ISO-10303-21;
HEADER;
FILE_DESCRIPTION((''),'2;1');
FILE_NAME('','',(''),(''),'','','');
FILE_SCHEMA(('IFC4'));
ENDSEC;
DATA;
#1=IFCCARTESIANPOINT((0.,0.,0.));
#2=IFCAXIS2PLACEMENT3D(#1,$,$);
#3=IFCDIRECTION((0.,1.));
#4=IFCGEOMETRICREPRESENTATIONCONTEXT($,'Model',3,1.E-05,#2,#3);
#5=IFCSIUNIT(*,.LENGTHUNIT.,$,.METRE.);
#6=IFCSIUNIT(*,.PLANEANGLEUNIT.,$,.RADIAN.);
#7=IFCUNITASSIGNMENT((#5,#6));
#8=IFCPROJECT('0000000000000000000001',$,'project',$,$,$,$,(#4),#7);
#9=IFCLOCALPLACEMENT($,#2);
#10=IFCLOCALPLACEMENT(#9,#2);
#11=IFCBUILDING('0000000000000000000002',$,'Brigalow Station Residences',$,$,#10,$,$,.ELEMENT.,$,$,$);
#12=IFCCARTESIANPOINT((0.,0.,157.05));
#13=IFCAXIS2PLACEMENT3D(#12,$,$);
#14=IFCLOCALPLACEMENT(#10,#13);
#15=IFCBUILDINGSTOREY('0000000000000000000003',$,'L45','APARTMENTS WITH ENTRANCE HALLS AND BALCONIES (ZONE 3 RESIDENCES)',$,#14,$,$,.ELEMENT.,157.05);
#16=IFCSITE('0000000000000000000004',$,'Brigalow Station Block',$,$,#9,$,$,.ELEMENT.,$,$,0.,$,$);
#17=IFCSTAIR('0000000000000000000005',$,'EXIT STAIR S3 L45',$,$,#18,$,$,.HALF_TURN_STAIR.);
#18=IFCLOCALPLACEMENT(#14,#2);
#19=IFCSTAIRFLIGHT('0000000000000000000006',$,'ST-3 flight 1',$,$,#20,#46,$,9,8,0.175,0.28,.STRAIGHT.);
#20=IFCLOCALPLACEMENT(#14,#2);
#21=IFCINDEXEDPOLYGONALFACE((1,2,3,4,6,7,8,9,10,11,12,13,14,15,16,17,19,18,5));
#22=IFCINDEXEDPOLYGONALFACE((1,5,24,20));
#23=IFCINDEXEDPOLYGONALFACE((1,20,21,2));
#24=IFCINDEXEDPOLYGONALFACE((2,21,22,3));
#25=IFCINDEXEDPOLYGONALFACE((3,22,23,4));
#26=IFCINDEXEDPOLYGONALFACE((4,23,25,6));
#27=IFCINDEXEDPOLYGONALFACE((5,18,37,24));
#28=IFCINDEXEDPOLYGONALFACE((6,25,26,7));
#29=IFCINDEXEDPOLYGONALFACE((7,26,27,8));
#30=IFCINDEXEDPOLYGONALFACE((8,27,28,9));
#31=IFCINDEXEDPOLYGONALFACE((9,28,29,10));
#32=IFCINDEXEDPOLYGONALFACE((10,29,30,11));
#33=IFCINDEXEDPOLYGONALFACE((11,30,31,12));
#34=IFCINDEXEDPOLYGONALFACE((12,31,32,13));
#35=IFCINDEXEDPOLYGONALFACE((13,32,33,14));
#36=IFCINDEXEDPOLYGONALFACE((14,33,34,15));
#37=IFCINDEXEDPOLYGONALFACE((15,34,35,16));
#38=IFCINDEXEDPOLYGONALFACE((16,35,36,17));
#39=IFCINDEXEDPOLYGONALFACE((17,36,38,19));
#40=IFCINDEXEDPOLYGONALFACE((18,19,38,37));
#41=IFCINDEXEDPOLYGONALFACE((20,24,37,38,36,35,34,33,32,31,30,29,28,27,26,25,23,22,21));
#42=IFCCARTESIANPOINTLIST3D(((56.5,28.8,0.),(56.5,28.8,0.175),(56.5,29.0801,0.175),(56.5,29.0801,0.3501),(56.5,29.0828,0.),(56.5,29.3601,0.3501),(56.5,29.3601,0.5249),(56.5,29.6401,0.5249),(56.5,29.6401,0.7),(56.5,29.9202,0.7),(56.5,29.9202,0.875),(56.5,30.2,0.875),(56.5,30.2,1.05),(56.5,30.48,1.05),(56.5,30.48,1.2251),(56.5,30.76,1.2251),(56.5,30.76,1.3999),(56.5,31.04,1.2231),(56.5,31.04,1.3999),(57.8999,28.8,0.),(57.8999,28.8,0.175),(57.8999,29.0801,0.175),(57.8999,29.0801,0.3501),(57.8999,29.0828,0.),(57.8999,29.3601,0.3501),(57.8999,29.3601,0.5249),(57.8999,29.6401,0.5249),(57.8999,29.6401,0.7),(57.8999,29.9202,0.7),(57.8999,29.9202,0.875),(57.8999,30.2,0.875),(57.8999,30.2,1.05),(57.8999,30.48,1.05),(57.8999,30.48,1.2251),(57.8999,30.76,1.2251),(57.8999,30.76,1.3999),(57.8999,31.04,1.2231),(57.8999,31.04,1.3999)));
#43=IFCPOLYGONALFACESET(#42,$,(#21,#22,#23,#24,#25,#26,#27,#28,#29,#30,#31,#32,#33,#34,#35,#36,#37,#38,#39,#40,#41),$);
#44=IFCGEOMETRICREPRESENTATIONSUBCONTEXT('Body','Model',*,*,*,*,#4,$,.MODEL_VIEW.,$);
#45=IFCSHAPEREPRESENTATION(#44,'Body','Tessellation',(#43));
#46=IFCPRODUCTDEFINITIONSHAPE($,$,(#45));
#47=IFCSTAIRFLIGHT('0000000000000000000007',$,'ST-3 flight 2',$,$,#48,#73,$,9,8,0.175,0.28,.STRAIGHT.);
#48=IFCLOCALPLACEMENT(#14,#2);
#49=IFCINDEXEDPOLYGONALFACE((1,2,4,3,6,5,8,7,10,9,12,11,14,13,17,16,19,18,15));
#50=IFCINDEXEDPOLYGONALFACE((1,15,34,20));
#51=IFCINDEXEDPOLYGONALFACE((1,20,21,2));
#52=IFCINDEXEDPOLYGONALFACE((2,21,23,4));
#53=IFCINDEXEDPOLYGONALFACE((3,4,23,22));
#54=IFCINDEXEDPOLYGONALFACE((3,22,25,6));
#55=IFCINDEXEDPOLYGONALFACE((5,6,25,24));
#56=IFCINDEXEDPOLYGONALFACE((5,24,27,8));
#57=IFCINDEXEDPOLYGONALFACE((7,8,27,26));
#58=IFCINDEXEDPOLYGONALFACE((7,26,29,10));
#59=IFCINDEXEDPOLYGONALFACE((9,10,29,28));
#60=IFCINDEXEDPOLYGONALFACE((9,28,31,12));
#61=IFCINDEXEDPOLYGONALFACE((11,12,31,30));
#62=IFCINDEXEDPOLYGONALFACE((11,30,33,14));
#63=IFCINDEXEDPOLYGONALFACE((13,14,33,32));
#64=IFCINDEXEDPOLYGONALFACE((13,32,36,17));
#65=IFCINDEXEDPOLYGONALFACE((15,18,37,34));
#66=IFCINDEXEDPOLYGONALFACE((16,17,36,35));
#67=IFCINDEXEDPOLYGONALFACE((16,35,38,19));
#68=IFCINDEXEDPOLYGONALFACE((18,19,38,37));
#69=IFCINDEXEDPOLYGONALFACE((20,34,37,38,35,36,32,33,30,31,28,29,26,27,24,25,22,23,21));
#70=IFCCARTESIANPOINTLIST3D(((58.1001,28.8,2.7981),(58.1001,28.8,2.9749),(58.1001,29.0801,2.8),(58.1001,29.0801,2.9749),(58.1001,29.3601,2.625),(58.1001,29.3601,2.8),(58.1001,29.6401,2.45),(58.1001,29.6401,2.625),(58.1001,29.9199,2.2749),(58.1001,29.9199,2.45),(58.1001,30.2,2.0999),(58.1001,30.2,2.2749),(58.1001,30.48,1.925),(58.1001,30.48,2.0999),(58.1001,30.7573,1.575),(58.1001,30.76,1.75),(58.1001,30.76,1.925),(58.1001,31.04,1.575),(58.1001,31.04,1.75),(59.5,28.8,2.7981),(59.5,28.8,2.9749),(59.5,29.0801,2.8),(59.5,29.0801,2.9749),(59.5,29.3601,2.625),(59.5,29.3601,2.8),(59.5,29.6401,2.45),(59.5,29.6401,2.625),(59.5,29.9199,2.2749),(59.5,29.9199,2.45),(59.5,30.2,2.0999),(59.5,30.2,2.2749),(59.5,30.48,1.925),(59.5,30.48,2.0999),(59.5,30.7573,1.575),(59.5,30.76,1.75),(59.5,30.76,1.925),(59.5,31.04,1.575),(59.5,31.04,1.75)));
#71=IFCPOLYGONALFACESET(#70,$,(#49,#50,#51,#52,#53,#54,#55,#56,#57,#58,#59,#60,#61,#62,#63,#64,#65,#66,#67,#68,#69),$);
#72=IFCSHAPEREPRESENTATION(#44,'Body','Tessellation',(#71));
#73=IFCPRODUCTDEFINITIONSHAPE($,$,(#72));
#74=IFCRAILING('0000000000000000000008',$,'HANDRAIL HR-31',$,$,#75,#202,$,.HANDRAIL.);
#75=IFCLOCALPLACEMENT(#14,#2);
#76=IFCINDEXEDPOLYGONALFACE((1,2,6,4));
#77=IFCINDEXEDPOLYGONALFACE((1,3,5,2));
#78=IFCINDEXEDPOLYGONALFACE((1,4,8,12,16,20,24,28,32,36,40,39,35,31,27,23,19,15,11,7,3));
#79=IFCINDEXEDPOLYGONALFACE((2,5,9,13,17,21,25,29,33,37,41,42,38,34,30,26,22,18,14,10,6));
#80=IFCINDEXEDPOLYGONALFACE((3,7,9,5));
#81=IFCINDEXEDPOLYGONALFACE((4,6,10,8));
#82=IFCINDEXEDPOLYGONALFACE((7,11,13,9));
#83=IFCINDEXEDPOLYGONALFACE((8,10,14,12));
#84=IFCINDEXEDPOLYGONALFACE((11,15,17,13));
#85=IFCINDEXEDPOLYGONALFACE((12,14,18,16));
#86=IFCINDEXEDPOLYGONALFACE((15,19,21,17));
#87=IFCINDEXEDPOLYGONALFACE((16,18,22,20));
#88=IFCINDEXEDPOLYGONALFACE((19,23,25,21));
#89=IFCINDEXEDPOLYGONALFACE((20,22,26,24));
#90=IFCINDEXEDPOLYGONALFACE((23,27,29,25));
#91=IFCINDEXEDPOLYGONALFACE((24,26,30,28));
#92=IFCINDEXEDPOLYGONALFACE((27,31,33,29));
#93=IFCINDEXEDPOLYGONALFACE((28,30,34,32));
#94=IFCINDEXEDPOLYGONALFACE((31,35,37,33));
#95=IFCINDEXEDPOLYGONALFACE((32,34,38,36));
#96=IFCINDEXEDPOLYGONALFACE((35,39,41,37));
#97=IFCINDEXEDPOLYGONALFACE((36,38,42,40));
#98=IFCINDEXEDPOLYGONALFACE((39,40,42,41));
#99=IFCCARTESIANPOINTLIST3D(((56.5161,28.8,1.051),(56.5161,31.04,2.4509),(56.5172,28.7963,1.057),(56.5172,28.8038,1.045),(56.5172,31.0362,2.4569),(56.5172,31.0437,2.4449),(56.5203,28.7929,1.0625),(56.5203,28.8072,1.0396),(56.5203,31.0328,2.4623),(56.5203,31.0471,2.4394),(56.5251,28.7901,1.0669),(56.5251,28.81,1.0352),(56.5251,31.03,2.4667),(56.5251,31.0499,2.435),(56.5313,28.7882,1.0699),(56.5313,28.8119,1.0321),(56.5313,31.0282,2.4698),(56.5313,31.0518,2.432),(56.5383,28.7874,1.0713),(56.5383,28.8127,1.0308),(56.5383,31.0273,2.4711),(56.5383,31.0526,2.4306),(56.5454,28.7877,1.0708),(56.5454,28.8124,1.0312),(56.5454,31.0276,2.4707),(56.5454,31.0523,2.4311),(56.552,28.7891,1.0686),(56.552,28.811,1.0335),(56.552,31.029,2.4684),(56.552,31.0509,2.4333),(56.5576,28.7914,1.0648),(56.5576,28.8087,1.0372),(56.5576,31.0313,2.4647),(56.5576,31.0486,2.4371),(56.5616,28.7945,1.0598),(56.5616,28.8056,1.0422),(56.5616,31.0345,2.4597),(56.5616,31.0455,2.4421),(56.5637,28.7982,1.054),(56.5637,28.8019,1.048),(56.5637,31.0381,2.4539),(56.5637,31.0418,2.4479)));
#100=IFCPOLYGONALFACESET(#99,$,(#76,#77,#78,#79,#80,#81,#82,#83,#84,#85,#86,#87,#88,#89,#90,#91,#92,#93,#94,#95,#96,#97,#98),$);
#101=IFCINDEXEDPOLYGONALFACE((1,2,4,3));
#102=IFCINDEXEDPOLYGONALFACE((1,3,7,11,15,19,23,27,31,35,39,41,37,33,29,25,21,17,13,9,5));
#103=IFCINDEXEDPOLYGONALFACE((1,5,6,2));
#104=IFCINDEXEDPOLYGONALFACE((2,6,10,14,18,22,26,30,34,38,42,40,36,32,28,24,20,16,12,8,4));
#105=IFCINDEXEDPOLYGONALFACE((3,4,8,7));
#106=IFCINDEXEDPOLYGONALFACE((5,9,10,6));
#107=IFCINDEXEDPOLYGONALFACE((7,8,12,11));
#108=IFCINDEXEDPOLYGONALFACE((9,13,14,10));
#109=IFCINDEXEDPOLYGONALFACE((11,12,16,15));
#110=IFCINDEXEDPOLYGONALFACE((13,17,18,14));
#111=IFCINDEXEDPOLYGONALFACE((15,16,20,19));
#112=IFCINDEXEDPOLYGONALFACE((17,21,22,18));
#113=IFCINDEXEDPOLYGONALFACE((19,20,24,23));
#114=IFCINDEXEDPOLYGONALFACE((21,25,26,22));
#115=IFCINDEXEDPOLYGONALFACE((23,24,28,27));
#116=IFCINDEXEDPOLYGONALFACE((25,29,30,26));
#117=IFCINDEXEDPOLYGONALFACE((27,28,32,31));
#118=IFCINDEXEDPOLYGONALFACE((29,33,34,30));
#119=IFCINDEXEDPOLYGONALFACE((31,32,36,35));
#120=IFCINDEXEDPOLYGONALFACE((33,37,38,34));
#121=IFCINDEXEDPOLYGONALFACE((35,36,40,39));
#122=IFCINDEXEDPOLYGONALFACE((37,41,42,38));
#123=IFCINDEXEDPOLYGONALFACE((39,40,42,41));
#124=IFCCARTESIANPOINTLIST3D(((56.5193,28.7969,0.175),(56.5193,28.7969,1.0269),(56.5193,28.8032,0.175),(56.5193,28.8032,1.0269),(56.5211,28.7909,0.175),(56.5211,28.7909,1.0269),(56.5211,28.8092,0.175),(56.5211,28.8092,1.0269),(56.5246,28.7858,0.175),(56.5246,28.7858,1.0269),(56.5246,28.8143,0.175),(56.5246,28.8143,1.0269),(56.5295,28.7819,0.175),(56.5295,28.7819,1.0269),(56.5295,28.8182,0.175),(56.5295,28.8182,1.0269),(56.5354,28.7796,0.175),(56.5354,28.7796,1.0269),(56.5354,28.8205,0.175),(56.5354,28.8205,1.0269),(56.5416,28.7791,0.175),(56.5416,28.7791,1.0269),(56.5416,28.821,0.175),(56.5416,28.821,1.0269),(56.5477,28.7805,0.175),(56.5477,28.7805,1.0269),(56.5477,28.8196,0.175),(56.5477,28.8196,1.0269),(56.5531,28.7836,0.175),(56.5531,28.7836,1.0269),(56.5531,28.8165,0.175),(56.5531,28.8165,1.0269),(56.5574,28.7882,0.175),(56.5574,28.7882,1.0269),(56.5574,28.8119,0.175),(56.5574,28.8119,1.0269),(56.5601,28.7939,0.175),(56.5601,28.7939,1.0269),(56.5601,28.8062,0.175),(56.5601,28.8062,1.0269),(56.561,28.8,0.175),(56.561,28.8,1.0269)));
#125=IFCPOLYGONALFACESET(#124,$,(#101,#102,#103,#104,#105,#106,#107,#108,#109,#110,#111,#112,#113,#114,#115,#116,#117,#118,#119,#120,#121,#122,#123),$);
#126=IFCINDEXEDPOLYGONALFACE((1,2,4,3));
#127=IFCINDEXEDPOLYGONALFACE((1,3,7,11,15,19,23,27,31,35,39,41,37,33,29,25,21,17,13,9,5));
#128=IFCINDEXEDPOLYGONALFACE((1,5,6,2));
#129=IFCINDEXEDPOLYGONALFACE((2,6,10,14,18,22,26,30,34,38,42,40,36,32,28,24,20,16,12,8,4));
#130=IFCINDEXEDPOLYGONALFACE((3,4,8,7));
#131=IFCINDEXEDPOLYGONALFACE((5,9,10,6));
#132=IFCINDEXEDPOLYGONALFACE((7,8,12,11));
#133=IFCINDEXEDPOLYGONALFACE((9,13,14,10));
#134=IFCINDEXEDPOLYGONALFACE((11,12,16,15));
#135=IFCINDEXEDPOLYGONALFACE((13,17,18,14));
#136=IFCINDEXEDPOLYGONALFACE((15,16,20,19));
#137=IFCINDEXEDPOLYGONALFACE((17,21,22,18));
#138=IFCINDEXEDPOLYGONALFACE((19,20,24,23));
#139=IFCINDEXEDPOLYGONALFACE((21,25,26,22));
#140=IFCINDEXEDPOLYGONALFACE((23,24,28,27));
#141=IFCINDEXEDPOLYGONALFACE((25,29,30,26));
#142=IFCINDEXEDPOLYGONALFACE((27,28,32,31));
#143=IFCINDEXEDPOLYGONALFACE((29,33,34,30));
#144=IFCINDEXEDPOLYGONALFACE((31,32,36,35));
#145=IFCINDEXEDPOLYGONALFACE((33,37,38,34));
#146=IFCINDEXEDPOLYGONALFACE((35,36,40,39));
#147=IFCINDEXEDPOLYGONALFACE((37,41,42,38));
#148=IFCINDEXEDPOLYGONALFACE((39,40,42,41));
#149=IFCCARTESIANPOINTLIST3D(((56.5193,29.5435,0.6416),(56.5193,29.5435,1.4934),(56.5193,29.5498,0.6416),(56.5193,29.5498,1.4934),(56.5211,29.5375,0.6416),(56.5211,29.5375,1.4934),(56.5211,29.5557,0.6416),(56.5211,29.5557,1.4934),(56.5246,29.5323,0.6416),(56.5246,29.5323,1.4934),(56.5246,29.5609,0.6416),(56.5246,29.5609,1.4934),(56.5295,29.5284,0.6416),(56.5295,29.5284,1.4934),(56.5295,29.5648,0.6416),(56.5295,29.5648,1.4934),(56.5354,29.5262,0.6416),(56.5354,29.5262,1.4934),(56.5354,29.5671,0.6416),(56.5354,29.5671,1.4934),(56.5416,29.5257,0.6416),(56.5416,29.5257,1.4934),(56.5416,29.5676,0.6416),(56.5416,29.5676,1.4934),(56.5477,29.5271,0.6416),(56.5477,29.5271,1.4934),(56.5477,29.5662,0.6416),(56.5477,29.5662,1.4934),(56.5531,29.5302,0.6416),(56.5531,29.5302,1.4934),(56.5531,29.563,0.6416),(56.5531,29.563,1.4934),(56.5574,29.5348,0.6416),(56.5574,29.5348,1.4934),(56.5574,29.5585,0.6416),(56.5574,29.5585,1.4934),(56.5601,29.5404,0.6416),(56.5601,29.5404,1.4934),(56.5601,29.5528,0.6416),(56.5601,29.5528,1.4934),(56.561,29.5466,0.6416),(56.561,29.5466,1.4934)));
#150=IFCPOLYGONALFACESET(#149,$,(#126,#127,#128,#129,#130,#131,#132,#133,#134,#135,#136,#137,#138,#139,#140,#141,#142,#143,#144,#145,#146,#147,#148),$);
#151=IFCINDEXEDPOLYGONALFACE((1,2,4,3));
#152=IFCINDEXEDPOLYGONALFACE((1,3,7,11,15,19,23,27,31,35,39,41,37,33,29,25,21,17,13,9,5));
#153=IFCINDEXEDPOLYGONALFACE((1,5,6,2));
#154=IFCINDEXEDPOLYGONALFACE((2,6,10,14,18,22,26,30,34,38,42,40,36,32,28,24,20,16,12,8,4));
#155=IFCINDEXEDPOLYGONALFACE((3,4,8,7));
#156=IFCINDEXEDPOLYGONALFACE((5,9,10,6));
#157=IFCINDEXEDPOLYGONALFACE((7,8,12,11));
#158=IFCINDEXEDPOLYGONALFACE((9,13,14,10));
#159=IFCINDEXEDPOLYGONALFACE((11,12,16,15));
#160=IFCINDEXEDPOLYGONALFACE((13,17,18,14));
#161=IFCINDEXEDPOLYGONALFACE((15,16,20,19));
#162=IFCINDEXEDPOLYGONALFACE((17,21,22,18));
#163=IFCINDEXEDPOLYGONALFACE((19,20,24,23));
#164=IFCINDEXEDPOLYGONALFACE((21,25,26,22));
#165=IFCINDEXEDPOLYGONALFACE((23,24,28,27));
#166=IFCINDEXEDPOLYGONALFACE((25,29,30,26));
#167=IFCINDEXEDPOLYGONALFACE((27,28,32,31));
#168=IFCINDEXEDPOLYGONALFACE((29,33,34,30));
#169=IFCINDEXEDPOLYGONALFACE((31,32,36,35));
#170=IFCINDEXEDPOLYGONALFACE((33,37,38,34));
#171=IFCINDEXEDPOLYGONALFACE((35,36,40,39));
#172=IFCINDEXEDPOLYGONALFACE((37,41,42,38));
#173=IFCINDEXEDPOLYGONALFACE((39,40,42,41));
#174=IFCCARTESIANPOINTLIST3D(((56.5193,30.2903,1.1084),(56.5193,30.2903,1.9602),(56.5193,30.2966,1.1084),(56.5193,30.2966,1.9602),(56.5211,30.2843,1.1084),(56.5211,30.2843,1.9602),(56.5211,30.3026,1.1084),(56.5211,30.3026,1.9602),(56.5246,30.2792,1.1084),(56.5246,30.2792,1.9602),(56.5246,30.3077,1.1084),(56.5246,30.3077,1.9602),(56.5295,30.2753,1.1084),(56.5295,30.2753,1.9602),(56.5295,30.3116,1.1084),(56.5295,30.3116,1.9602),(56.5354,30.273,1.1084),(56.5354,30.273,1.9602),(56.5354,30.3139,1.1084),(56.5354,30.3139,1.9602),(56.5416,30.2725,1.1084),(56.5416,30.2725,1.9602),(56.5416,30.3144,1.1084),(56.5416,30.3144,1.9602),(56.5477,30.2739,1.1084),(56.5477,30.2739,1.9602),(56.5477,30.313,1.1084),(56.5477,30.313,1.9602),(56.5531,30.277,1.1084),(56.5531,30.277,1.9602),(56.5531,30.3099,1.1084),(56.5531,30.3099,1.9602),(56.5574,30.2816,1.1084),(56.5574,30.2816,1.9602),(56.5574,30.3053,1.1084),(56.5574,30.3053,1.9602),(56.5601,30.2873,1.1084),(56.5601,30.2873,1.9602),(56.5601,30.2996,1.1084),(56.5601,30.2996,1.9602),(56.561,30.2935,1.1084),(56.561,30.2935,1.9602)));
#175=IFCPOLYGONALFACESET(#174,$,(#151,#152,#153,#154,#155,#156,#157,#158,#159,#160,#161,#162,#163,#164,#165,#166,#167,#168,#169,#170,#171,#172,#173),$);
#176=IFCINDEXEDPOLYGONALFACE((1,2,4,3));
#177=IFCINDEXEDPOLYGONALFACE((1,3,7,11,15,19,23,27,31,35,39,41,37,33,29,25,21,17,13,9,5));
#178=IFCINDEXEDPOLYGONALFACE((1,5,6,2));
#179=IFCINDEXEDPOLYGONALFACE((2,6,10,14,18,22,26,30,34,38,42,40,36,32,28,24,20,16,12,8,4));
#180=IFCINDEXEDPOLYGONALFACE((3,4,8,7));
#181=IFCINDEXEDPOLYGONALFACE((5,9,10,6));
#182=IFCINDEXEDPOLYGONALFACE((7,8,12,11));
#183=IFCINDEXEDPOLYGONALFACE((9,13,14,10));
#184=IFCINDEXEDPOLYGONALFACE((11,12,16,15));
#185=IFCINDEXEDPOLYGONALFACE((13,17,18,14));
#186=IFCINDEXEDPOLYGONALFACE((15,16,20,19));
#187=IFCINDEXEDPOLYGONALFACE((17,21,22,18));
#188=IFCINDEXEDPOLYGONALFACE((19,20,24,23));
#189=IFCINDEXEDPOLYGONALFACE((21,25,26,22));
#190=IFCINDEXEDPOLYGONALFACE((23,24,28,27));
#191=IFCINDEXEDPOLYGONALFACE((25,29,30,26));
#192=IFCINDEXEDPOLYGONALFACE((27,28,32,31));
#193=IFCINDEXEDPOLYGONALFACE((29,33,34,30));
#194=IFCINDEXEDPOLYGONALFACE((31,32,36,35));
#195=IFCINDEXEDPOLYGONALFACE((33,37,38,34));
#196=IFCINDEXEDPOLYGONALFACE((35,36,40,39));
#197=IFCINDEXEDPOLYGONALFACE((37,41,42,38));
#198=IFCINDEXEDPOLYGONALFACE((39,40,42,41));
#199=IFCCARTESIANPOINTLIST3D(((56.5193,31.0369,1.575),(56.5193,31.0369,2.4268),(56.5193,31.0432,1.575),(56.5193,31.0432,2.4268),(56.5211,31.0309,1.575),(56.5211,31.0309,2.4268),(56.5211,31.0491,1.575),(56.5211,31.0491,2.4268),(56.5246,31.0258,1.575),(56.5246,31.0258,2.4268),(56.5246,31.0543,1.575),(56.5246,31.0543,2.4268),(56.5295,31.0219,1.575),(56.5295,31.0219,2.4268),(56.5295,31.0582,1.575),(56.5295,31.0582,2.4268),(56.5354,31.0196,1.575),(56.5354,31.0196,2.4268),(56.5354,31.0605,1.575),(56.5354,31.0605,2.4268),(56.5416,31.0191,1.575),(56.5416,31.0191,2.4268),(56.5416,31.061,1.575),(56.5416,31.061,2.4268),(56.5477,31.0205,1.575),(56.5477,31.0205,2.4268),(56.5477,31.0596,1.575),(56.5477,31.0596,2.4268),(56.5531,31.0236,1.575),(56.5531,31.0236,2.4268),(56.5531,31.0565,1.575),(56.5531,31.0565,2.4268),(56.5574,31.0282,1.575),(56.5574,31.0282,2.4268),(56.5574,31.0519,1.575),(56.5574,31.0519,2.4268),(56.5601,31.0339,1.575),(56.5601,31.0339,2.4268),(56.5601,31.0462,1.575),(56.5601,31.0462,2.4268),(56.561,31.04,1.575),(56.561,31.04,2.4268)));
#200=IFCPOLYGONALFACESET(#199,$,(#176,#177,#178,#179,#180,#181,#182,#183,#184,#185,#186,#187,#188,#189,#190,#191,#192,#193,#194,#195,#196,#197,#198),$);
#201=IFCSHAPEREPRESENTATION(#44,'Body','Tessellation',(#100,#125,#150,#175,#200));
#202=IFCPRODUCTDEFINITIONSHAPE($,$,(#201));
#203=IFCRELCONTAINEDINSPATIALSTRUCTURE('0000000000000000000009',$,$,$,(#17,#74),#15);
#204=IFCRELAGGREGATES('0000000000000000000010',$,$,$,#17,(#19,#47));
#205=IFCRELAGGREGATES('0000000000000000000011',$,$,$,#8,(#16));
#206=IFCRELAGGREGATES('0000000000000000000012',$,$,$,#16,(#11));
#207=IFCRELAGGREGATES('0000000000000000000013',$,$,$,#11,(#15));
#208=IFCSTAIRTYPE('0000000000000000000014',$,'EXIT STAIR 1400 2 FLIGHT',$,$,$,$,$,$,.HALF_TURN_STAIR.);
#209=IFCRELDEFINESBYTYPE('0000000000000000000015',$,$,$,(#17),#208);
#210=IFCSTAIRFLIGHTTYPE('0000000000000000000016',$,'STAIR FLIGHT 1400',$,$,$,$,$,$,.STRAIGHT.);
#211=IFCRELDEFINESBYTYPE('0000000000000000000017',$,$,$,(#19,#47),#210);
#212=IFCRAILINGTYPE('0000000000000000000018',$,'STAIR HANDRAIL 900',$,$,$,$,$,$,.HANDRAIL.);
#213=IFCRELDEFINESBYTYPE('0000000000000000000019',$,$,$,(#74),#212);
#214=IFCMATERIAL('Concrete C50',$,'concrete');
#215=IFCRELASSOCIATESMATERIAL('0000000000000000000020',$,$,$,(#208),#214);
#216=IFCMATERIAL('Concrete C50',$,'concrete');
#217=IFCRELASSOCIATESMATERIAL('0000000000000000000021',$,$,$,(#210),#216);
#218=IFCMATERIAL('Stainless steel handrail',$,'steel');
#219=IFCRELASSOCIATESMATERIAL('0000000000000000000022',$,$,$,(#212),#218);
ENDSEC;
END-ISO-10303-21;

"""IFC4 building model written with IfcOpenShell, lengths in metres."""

from ifc_helpers import new_model, si_unit, direction, frame, origin, origin_2d, place, context, subcontext, project, spatial, polyline, circle, outline, extrude, material, type_object, element, aggregate, save


model = new_model("IFC4")

# Units and contexts
model_context = context("Model", 3, precision=1e-05, world=origin(), true_north=direction((0.0, 1.0)))
body_context = subcontext(model_context, "Body", "Model", "MODEL_VIEW")
ifc_project = project(units=[si_unit("LENGTHUNIT", "METRE"), si_unit("PLANEANGLEUNIT", "RADIAN")], contexts=[model_context])

# Site, building, storey
site_placement = place(None, origin())
site = spatial("IfcSite", under=ifc_project, at=site_placement, Name="Brigalow Station Block", CompositionType="ELEMENT", RefElevation=0.0)
building_placement = place(site_placement, origin())
building = spatial("IfcBuilding", under=site, at=building_placement, Name="Brigalow Station Residences", CompositionType="ELEMENT")
storey_placement = place(building_placement, frame((0.0, 0.0, 157.05)))
storey = spatial("IfcBuildingStorey", under=building, at=storey_placement, Name="L45", Description="APARTMENTS WITH ENTRANCE HALLS AND BALCONIES (ZONE 3 RESIDENCES)", CompositionType="ELEMENT", Elevation=157.05)

# Stair, stair flights
ifc_material_1 = material(Name="Concrete C50", Category="concrete")
stair_type = type_object("IfcStairType", Name="EXIT STAIR 1400 2 FLIGHT", PredefinedType="HALF_TURN_STAIR", material=ifc_material_1)
stair_placement = place(storey_placement, origin())
stair = element("IfcStair", 1, at=stair_placement, inside=storey, type_object=stair_type, Name="EXIT STAIR S3 L45", PredefinedType="HALF_TURN_STAIR")
ifc_material_2 = material(Name="Concrete C50", Category="concrete")
stair_flight_type = type_object("IfcStairFlightType", Name="STAIR FLIGHT 1400", PredefinedType="STRAIGHT", material=ifc_material_2)
stair_flight_1_placement = place(storey_placement, frame((57.2, 28.8, 0.0), z_axis=(0.0, 0.0, 1.0), x_axis=(0.0, 1.0, 0.0)))
stair_flight_1 = element("IfcStairFlight", 2, at=stair_flight_1_placement, type_object=stair_flight_type, Name="ST-3 flight 1", NumberOfRisers=9, NumberOfTreads=8, PredefinedType="STRAIGHT", RiserHeight=0.175, TreadLength=0.28, context=body_context, shape_type="SweptSolid", body=[
    extrude(outline(polyline([(0.0, 0.0), (0.0, 0.175), (0.28, 0.175), (0.28, 0.3501), (0.5601, 0.3501), (0.5601, 0.5249), (0.8401, 0.5249), (0.8401, 0.7), (1.1201, 0.7), (1.1201, 0.875), (1.3999, 0.875), (1.3999, 1.05), (1.6799, 1.05), (1.6799, 1.2251), (1.96, 1.2251), (1.96, 1.3999), (2.24, 1.3999), (2.24, 1.575), (2.24, 1.2231), (0.2827, 0.0), (0.0, 0.0)])), frame((0.0, 0.7, 0.0), z_axis=(0.0, -1.0, 0.0), x_axis=(1.0, 0.0, 0.0)), (0.0, 0.0, 1.0), 1.3999),
])
stair_flight_2_placement = place(storey_placement, frame((58.8, 31.04, 1.575), z_axis=(0.0, 0.0, 1.0), x_axis=(0.0, -1.0, 0.0)))
stair_flight_2 = element("IfcStairFlight", 3, at=stair_flight_2_placement, type_object=stair_flight_type, Name="ST-3 flight 2", NumberOfRisers=9, NumberOfTreads=8, PredefinedType="STRAIGHT", RiserHeight=0.175, TreadLength=0.28, context=body_context, shape_type="SweptSolid", body=[
    extrude(outline(polyline([(0.0, 0.0), (0.0, 0.175), (0.28, 0.175), (0.28, 0.3501), (0.5601, 0.3501), (0.5601, 0.5249), (0.8401, 0.5249), (0.8401, 0.7), (1.1201, 0.7), (1.1201, 0.875), (1.3999, 0.875), (1.3999, 1.05), (1.6799, 1.05), (1.6799, 1.2251), (1.96, 1.2251), (1.96, 1.3999), (2.24, 1.3999), (2.24, 1.575), (2.24, 1.2231), (0.2827, 0.0), (0.0, 0.0)])), frame((0.0, 0.7, 0.0), z_axis=(0.0, -1.0, 0.0), x_axis=(1.0, 0.0, 0.0)), (0.0, 0.0, 1.0), 1.3999),
])
aggregate(stair, [stair_flight_1, stair_flight_2])

# Railing
ifc_material_3 = material(Name="Stainless steel handrail", Category="steel")
railing_type_1 = type_object("IfcRailingType", Name="STAIR HANDRAIL 900", PredefinedType="HANDRAIL", material=ifc_material_3)
railing_1_placement = place(storey_placement, frame((56.54, 28.8, 0.175)))
element("IfcRailing", 4, at=railing_1_placement, inside=storey, type_object=railing_type_1, Name="HANDRAIL HR-31", PredefinedType="HANDRAIL", context=body_context, shape_type="SweptSolid", body=[
    extrude(circle(Radius=0.0239, at=origin_2d()), frame((0.0, 0.0, 0.876), z_axis=(0.0, 0.848014, 0.529974), x_axis=(-1.0, 0.0, 0.0)), (0.0, 0.0, 1.0), 2.6414),
    extrude(circle(Radius=0.021, at=origin_2d()), origin(), (0.0, 0.0, 1.0), 0.8518),
    extrude(circle(Radius=0.021, at=origin_2d()), frame((0.0, 0.7466, 0.4666)), (0.0, 0.0, 1.0), 0.8518),
    extrude(circle(Radius=0.021, at=origin_2d()), frame((0.0, 1.4934, 0.9333)), (0.0, 0.0, 1.0), 0.8518),
    extrude(circle(Radius=0.021, at=origin_2d()), frame((0.0, 2.24, 1.3999)), (0.0, 0.0, 1.0), 0.8518),
])

save(model, "model.ifc")
